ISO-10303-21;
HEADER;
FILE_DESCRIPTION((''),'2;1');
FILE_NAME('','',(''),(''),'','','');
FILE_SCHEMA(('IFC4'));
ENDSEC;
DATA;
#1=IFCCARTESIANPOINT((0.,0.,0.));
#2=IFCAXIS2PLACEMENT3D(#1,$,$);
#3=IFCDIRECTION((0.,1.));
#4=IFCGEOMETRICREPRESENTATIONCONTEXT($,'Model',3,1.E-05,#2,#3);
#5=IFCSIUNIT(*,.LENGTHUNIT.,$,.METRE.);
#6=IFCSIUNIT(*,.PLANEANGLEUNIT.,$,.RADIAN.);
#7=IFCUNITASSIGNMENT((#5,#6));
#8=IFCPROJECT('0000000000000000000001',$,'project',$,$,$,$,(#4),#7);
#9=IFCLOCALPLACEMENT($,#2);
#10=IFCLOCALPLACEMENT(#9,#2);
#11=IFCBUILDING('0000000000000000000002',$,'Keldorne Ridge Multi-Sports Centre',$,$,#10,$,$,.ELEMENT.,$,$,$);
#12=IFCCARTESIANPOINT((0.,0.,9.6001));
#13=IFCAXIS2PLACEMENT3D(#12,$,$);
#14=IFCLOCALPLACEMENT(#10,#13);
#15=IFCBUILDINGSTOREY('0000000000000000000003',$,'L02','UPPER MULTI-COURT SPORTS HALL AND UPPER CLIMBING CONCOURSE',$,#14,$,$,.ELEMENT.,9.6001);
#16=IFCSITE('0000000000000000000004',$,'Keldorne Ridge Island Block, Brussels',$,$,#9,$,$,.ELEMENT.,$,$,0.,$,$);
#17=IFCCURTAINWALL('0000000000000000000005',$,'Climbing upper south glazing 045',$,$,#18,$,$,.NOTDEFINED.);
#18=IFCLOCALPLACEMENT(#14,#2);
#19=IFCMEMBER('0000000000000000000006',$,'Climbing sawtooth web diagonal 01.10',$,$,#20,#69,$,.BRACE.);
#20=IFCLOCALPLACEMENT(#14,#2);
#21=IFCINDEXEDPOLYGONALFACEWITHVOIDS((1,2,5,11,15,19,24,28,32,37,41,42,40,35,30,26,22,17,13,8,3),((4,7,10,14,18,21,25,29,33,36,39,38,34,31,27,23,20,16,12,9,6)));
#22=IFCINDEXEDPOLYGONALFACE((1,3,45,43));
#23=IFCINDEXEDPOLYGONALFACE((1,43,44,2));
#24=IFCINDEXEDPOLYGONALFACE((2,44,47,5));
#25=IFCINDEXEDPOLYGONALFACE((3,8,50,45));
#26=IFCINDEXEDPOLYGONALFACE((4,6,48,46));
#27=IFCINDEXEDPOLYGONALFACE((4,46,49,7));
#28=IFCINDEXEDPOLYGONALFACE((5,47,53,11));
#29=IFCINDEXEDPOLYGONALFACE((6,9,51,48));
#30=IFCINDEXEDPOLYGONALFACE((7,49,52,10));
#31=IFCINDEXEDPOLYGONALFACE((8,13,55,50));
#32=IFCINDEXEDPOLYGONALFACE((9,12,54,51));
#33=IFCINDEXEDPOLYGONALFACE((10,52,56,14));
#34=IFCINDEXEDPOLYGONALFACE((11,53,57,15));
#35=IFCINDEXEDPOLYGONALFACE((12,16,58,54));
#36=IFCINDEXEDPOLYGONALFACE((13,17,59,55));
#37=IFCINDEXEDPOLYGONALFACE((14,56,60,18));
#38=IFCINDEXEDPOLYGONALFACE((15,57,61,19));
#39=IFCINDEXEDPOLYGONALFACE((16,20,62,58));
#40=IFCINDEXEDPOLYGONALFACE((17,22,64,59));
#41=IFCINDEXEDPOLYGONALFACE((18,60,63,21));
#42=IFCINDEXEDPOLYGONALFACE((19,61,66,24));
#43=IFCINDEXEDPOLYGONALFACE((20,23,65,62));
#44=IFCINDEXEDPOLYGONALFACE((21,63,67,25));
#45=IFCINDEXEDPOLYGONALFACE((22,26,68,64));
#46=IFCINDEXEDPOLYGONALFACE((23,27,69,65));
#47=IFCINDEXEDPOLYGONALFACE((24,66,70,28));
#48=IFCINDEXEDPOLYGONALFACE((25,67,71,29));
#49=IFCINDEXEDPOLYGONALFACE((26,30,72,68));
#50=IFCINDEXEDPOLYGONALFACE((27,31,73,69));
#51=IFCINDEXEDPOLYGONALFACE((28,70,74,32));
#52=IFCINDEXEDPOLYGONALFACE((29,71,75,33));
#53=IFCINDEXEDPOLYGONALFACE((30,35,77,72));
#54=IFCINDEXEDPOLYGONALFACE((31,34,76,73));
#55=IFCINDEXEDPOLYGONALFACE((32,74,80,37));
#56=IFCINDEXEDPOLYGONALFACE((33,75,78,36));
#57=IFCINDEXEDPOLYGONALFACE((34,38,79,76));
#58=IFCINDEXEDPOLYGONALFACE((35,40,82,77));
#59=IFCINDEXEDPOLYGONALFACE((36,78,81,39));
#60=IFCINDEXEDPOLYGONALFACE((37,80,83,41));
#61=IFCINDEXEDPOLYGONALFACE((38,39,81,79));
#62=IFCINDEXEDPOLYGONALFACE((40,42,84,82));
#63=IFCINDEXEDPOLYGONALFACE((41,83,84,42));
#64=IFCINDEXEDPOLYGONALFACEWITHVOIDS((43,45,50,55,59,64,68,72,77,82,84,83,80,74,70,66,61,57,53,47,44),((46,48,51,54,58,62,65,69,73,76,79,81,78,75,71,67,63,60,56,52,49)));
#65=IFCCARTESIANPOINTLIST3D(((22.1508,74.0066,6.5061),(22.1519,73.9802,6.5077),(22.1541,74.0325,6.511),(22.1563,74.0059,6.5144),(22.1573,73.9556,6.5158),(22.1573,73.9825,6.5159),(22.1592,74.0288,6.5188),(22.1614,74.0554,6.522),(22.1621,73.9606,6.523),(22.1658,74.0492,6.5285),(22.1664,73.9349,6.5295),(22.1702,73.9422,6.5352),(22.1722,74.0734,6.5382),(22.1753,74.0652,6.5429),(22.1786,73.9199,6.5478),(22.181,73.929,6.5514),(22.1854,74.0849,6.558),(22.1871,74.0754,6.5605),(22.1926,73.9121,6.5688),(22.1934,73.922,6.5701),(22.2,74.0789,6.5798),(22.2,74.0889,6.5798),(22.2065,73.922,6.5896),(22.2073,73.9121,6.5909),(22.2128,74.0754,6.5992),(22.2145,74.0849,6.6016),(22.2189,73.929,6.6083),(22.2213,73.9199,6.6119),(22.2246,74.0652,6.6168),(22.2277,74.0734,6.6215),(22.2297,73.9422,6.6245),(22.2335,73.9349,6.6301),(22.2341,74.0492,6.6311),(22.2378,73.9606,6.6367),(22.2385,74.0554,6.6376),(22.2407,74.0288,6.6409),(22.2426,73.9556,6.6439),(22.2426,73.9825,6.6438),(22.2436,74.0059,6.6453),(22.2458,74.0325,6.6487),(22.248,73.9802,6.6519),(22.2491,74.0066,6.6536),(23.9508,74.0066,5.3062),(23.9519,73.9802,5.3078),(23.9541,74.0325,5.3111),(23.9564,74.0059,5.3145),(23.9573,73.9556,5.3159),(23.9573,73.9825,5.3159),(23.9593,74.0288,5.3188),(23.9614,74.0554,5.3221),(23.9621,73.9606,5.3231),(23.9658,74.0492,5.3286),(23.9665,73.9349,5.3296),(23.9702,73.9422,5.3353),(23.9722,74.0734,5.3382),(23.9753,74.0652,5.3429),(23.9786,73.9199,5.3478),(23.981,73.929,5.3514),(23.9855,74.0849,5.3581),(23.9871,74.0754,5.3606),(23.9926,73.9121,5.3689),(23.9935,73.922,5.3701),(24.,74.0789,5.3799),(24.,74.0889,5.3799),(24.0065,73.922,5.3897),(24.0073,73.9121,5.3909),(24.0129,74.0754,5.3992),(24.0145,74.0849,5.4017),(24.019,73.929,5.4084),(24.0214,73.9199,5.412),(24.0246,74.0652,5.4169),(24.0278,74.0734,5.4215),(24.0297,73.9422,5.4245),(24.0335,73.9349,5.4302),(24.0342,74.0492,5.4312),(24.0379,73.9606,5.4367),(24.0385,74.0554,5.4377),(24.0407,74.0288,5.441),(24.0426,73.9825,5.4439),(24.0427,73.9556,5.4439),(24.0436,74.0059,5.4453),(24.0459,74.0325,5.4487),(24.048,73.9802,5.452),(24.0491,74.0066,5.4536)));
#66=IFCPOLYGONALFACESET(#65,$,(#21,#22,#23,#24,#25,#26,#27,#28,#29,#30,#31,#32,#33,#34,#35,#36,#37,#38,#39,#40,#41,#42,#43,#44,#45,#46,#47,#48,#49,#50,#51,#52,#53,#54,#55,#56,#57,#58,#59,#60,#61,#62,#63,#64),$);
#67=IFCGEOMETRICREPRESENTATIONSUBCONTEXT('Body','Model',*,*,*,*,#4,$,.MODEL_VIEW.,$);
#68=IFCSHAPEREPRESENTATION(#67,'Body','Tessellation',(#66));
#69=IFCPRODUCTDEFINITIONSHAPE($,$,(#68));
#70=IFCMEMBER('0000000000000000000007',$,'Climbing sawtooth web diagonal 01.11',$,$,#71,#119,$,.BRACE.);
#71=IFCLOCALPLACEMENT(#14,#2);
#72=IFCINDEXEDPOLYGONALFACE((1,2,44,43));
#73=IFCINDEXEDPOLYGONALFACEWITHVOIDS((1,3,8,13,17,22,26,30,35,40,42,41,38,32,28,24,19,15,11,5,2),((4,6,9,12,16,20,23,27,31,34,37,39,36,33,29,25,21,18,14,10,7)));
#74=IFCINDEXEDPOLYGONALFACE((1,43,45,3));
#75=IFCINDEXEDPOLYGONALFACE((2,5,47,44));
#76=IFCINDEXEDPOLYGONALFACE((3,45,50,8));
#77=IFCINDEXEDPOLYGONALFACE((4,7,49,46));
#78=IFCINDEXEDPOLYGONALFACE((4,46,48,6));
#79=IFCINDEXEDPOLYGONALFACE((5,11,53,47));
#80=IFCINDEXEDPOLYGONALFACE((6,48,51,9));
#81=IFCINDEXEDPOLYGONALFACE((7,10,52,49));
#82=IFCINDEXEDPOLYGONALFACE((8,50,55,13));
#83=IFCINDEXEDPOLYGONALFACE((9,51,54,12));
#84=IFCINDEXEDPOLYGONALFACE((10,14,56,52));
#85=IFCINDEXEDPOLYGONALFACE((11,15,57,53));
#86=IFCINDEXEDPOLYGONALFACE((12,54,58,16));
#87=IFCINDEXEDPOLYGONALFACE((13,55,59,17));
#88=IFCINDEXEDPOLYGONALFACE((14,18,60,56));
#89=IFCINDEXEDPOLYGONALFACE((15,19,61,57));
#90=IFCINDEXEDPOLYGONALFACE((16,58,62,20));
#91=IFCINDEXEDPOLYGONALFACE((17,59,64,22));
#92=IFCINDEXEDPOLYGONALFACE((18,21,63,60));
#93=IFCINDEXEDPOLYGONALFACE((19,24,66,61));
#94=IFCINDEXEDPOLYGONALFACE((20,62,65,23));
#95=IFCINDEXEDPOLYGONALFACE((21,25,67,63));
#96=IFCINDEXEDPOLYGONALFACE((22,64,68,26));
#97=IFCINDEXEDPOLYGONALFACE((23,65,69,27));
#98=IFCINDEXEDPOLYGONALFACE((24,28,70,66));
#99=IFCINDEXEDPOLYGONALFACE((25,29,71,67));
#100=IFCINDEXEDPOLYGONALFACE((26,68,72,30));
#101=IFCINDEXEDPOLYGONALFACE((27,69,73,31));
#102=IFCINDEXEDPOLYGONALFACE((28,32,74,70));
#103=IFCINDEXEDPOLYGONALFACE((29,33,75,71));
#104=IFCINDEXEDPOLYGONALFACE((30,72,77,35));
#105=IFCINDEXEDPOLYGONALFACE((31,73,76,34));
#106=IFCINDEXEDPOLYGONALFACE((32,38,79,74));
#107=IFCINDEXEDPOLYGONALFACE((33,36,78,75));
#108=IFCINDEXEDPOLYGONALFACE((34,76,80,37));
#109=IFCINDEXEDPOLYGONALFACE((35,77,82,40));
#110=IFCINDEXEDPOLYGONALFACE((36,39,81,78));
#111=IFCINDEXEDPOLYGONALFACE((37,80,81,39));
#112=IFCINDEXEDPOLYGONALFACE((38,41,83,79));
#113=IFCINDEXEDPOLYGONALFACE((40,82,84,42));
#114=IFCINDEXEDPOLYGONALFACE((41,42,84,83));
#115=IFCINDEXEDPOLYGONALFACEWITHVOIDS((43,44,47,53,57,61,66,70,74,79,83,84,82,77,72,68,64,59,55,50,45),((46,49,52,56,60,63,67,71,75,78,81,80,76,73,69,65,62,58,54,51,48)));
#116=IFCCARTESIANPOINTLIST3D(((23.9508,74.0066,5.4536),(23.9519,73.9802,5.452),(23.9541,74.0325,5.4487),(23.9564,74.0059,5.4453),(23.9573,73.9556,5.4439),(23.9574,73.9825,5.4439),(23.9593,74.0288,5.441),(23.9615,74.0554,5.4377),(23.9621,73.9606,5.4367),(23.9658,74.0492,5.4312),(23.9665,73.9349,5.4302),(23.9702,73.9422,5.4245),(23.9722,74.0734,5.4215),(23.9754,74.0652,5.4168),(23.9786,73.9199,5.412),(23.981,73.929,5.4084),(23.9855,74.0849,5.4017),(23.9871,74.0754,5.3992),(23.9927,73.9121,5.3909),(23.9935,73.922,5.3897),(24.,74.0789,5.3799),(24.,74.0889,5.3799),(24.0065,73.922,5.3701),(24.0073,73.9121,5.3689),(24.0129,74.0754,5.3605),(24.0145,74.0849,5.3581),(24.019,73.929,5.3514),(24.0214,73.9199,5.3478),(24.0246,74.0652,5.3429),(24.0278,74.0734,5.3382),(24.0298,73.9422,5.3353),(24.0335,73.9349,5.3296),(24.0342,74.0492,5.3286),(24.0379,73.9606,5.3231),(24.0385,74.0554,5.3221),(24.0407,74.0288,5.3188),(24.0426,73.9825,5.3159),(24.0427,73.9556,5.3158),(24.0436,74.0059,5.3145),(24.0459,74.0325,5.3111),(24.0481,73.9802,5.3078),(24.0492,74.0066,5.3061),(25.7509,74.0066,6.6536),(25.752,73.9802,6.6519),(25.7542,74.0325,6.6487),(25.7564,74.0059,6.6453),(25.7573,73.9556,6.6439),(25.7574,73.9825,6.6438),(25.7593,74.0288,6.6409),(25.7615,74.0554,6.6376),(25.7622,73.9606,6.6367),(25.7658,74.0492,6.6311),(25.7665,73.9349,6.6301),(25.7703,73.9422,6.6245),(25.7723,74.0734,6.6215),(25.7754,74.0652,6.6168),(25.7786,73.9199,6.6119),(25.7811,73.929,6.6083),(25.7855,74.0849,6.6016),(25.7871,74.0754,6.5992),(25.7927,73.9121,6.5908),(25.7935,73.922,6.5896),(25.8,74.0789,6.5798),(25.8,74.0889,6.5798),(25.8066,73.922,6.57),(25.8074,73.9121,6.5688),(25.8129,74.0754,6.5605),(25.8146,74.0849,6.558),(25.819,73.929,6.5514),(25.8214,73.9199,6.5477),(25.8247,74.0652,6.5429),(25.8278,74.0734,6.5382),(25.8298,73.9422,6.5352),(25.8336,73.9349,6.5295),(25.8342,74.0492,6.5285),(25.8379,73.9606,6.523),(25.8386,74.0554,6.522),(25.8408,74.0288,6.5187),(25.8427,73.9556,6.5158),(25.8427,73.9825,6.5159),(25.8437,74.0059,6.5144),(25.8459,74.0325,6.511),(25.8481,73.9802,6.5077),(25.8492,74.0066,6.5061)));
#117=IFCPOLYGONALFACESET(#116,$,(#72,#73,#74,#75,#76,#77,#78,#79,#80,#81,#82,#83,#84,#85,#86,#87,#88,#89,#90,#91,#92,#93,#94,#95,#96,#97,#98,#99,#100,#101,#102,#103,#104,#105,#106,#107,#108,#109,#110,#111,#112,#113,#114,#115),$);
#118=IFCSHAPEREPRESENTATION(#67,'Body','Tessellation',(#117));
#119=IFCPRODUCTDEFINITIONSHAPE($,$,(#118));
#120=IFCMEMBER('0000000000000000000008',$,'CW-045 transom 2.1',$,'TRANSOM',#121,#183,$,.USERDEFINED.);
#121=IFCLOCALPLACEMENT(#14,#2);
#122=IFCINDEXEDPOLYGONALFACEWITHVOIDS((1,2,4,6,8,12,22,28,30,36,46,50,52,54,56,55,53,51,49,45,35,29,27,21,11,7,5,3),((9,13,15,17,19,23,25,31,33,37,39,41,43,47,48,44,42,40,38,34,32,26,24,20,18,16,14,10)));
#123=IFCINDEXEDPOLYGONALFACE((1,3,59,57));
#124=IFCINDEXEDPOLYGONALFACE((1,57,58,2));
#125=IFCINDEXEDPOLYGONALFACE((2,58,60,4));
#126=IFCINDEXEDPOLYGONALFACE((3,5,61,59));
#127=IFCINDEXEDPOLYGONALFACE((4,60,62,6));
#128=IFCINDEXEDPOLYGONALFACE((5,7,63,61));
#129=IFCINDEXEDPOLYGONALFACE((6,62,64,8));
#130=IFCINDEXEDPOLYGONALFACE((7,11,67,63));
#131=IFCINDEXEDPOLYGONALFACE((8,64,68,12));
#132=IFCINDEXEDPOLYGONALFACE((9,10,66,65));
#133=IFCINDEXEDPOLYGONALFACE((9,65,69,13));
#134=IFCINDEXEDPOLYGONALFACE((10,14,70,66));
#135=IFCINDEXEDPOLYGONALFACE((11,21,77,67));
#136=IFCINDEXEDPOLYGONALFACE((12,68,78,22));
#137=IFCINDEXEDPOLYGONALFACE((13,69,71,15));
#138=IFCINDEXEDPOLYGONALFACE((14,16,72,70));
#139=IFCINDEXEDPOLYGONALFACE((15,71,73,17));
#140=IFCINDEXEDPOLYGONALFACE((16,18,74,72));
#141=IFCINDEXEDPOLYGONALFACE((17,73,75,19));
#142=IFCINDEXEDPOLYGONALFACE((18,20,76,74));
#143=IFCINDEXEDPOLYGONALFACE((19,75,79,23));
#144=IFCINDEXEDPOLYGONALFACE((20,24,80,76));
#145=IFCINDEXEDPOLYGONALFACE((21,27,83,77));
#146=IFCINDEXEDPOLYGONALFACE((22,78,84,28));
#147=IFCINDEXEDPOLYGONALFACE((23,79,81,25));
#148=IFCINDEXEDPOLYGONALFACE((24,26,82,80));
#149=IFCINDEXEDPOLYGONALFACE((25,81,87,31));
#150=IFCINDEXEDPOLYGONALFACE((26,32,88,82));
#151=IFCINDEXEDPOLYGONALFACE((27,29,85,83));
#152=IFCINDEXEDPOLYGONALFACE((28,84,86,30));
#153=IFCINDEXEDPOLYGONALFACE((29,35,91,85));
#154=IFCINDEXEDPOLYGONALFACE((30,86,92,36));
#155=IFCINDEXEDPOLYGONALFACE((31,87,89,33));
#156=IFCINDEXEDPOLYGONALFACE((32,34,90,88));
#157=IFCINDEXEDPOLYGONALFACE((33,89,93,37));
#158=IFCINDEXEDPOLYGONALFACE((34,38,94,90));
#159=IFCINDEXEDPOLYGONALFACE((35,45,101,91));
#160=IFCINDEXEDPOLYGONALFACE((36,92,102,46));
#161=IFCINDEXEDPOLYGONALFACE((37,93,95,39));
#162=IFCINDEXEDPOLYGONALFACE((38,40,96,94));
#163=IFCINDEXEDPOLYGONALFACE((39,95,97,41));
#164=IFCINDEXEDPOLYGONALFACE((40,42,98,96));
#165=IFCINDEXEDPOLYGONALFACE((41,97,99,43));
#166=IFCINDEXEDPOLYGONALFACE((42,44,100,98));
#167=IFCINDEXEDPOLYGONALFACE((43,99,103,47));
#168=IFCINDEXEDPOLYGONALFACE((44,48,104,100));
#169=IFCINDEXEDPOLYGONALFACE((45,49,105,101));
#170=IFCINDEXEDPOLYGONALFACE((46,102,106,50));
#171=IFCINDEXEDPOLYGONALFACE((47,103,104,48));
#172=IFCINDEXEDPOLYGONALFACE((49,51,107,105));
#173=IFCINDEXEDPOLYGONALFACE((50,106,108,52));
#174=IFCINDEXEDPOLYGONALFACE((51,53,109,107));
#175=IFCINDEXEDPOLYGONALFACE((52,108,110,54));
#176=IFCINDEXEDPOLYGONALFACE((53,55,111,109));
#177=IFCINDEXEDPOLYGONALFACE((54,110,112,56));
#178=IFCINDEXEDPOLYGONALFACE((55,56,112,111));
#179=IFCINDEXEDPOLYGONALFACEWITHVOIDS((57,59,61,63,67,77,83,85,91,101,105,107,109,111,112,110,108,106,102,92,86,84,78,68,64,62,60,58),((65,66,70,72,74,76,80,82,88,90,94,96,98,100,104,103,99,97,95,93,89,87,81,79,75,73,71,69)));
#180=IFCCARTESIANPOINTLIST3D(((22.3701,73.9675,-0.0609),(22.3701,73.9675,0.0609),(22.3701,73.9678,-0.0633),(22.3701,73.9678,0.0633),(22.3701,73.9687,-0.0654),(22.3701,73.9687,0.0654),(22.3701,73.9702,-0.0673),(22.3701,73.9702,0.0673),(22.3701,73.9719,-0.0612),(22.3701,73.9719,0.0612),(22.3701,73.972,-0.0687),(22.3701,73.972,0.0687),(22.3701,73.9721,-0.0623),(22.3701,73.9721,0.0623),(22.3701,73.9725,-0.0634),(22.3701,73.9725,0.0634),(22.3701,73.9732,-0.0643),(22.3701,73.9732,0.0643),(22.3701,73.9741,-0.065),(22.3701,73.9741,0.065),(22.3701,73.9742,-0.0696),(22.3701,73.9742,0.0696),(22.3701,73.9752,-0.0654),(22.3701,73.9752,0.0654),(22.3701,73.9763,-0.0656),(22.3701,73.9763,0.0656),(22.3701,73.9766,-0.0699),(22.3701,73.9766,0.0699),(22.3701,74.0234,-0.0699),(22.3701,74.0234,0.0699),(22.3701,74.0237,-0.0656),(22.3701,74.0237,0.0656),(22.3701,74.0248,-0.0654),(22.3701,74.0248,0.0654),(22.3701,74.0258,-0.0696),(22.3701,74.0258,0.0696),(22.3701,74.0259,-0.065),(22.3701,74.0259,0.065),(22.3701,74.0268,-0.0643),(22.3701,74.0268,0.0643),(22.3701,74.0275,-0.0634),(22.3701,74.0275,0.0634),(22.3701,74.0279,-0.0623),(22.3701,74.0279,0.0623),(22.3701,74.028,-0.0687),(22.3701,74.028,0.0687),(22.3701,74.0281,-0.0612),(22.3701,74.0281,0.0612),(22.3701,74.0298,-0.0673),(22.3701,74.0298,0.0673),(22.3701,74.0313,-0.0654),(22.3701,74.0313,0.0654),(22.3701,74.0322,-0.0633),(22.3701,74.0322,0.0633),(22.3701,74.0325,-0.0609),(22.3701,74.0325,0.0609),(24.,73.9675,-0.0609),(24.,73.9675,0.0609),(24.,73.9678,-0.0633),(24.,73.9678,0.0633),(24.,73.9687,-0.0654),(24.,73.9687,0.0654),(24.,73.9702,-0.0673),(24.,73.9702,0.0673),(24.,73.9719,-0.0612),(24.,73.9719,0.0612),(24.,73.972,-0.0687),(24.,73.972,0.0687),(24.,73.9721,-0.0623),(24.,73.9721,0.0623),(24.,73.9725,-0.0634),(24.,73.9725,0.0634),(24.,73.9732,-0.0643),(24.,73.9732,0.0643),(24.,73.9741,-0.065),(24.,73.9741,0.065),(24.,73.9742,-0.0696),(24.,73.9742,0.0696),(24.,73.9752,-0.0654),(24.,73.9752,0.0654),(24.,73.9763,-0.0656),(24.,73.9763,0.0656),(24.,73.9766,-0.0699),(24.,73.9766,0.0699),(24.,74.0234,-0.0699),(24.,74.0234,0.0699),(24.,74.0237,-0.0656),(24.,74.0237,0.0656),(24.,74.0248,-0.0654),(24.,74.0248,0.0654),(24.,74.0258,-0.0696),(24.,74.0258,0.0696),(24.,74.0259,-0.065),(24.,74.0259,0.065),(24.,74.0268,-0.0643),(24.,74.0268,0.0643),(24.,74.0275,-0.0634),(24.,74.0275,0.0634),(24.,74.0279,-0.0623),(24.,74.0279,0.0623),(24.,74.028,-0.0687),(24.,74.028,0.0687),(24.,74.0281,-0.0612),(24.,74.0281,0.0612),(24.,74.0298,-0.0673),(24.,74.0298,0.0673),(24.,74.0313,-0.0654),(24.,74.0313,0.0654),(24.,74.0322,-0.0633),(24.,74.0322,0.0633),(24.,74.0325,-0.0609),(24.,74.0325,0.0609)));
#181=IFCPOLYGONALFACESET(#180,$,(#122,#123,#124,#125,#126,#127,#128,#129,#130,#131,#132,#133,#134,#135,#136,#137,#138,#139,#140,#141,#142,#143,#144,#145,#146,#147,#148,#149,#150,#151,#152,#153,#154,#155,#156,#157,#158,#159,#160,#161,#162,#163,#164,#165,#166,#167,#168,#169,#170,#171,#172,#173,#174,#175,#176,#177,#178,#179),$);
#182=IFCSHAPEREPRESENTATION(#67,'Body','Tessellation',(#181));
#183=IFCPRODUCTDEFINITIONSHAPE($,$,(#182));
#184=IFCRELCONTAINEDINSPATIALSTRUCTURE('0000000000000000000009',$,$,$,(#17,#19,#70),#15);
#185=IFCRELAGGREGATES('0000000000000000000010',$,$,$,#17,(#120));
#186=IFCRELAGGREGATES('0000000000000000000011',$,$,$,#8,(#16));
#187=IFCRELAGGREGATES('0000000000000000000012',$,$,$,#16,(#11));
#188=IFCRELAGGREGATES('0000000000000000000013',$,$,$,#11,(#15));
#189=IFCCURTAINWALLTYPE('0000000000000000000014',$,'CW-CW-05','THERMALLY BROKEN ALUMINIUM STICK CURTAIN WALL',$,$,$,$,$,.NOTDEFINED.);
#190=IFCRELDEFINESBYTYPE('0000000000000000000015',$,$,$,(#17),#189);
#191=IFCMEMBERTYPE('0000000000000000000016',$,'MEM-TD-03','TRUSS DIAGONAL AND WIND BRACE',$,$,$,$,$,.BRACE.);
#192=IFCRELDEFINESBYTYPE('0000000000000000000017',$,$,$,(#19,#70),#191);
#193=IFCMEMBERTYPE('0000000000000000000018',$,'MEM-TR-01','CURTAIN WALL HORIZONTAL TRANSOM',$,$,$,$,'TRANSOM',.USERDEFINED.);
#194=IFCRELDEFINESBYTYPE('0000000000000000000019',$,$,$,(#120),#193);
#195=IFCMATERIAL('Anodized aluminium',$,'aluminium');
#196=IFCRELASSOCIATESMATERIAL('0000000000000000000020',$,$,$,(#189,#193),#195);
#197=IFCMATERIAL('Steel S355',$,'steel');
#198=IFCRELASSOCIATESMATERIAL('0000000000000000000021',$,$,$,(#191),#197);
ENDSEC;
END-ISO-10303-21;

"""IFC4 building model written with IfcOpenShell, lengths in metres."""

from ifc_helpers import new_model, si_unit, direction, frame, origin, origin_2d, place, context, subcontext, project, spatial, hollow_rectangle, hollow_circle, extrude, material, material_profile, profile_set, type_object, element, aggregate, save


model = new_model("IFC4")

# Units and contexts
model_context = context("Model", 3, precision=1e-05, world=origin(), true_north=direction((0.0, 1.0)))
body_context = subcontext(model_context, "Body", "Model", "MODEL_VIEW")
ifc_project = project(units=[si_unit("LENGTHUNIT", "METRE"), si_unit("PLANEANGLEUNIT", "RADIAN")], contexts=[model_context])

# Site, building, storey
site_placement = place(None, origin())
site = spatial("IfcSite", under=ifc_project, at=site_placement, Name="Keldorne Ridge Island Block, Brussels", CompositionType="ELEMENT", RefElevation=0.0)
building_placement = place(site_placement, origin())
building = spatial("IfcBuilding", under=site, at=building_placement, Name="Keldorne Ridge Multi-Sports Centre", CompositionType="ELEMENT")
storey_placement = place(building_placement, frame((0.0, 0.0, 9.6001)))
storey = spatial("IfcBuildingStorey", under=building, at=storey_placement, Name="L02", Description="UPPER MULTI-COURT SPORTS HALL AND UPPER CLIMBING CONCOURSE", CompositionType="ELEMENT", Elevation=9.6001)

# Curtain wall
ifc_material_1 = material(Name="Anodized aluminium", Category="aluminium")
curtain_wall_type = type_object("IfcCurtainWallType", Name="CW-CW-05", Description="THERMALLY BROKEN ALUMINIUM STICK CURTAIN WALL", PredefinedType="NOTDEFINED", material=ifc_material_1)
curtain_wall_placement = place(storey_placement, origin())
curtain_wall = element("IfcCurtainWall", 1, at=curtain_wall_placement, inside=storey, type_object=curtain_wall_type, Name="Climbing upper south glazing 045", PredefinedType="NOTDEFINED")

# Members
ifc_material_2 = material(Name="Steel S355", Category="steel")
ifc_material_profile_1 = material_profile(ifc_material_2, hollow_circle(Radius=0.0889, WallThickness=0.01, at=origin_2d()), Name="CHS 177.8x10")
ifc_profile_set_1 = profile_set([ifc_material_profile_1], Name="Steel S355")
member_type_1 = type_object("IfcMemberType", Name="MEM-TD-03", Description="TRUSS DIAGONAL AND WIND BRACE", PredefinedType="BRACE", material=ifc_profile_set_1)
for number, where, z_axis, x_axis, name in (
    (2, (22.2, 74.0, 6.5798), (0.832068, 0.0, -0.554674), (0.0, 1.0, 0.0), "Climbing sawtooth web diagonal 01.10"),
    (3, (24.0, 74.0, 5.3799), (0.832068, 0.0, 0.554674), (0.0, 1.0, 0.0), "Climbing sawtooth web diagonal 01.11"),
):
    element("IfcMember", number, at=place(storey_placement, frame(where, z_axis=z_axis, x_axis=x_axis)), inside=storey, type_object=member_type_1, Name=name, PredefinedType="BRACE", context=body_context, shape_type="SweptSolid", body=[
        extrude(hollow_circle(Radius=0.0889, WallThickness=0.01, at=origin_2d()), origin(), (0.0, 0.0, 1.0), 2.1633),
    ])

# Member
ifc_material_profile_2 = material_profile(ifc_material_1, hollow_rectangle(XDim=0.0649, YDim=0.1399, WallThickness=0.0044, InnerFilletRadius=0.0044, OuterFilletRadius=0.009, at=origin_2d()), Name="ALU TRANSOM 140x65x4.5")
ifc_profile_set_2 = profile_set([ifc_material_profile_2], Name="Anodized aluminium")
member_type_2 = type_object("IfcMemberType", Name="MEM-TR-01", Description="CURTAIN WALL HORIZONTAL TRANSOM", ElementType="TRANSOM", PredefinedType="USERDEFINED", material=ifc_profile_set_2)
member_1_placement = place(storey_placement, frame((22.3701, 74.0, 0.0), z_axis=(1.0, 0.0, 0.0), x_axis=(0.0, 1.0, 0.0)))
member_1 = element("IfcMember", 4, at=member_1_placement, type_object=member_type_2, Name="CW-045 transom 2.1", ObjectType="TRANSOM", PredefinedType="USERDEFINED", context=body_context, shape_type="SweptSolid", body=[
    extrude(hollow_rectangle(XDim=0.0649, YDim=0.1399, WallThickness=0.0044, InnerFilletRadius=0.0044, OuterFilletRadius=0.009, at=origin_2d()), origin(), (0.0, 0.0, 1.0), 1.6299),
])

aggregate(curtain_wall, [member_1])

save(model, "model.ifc")
